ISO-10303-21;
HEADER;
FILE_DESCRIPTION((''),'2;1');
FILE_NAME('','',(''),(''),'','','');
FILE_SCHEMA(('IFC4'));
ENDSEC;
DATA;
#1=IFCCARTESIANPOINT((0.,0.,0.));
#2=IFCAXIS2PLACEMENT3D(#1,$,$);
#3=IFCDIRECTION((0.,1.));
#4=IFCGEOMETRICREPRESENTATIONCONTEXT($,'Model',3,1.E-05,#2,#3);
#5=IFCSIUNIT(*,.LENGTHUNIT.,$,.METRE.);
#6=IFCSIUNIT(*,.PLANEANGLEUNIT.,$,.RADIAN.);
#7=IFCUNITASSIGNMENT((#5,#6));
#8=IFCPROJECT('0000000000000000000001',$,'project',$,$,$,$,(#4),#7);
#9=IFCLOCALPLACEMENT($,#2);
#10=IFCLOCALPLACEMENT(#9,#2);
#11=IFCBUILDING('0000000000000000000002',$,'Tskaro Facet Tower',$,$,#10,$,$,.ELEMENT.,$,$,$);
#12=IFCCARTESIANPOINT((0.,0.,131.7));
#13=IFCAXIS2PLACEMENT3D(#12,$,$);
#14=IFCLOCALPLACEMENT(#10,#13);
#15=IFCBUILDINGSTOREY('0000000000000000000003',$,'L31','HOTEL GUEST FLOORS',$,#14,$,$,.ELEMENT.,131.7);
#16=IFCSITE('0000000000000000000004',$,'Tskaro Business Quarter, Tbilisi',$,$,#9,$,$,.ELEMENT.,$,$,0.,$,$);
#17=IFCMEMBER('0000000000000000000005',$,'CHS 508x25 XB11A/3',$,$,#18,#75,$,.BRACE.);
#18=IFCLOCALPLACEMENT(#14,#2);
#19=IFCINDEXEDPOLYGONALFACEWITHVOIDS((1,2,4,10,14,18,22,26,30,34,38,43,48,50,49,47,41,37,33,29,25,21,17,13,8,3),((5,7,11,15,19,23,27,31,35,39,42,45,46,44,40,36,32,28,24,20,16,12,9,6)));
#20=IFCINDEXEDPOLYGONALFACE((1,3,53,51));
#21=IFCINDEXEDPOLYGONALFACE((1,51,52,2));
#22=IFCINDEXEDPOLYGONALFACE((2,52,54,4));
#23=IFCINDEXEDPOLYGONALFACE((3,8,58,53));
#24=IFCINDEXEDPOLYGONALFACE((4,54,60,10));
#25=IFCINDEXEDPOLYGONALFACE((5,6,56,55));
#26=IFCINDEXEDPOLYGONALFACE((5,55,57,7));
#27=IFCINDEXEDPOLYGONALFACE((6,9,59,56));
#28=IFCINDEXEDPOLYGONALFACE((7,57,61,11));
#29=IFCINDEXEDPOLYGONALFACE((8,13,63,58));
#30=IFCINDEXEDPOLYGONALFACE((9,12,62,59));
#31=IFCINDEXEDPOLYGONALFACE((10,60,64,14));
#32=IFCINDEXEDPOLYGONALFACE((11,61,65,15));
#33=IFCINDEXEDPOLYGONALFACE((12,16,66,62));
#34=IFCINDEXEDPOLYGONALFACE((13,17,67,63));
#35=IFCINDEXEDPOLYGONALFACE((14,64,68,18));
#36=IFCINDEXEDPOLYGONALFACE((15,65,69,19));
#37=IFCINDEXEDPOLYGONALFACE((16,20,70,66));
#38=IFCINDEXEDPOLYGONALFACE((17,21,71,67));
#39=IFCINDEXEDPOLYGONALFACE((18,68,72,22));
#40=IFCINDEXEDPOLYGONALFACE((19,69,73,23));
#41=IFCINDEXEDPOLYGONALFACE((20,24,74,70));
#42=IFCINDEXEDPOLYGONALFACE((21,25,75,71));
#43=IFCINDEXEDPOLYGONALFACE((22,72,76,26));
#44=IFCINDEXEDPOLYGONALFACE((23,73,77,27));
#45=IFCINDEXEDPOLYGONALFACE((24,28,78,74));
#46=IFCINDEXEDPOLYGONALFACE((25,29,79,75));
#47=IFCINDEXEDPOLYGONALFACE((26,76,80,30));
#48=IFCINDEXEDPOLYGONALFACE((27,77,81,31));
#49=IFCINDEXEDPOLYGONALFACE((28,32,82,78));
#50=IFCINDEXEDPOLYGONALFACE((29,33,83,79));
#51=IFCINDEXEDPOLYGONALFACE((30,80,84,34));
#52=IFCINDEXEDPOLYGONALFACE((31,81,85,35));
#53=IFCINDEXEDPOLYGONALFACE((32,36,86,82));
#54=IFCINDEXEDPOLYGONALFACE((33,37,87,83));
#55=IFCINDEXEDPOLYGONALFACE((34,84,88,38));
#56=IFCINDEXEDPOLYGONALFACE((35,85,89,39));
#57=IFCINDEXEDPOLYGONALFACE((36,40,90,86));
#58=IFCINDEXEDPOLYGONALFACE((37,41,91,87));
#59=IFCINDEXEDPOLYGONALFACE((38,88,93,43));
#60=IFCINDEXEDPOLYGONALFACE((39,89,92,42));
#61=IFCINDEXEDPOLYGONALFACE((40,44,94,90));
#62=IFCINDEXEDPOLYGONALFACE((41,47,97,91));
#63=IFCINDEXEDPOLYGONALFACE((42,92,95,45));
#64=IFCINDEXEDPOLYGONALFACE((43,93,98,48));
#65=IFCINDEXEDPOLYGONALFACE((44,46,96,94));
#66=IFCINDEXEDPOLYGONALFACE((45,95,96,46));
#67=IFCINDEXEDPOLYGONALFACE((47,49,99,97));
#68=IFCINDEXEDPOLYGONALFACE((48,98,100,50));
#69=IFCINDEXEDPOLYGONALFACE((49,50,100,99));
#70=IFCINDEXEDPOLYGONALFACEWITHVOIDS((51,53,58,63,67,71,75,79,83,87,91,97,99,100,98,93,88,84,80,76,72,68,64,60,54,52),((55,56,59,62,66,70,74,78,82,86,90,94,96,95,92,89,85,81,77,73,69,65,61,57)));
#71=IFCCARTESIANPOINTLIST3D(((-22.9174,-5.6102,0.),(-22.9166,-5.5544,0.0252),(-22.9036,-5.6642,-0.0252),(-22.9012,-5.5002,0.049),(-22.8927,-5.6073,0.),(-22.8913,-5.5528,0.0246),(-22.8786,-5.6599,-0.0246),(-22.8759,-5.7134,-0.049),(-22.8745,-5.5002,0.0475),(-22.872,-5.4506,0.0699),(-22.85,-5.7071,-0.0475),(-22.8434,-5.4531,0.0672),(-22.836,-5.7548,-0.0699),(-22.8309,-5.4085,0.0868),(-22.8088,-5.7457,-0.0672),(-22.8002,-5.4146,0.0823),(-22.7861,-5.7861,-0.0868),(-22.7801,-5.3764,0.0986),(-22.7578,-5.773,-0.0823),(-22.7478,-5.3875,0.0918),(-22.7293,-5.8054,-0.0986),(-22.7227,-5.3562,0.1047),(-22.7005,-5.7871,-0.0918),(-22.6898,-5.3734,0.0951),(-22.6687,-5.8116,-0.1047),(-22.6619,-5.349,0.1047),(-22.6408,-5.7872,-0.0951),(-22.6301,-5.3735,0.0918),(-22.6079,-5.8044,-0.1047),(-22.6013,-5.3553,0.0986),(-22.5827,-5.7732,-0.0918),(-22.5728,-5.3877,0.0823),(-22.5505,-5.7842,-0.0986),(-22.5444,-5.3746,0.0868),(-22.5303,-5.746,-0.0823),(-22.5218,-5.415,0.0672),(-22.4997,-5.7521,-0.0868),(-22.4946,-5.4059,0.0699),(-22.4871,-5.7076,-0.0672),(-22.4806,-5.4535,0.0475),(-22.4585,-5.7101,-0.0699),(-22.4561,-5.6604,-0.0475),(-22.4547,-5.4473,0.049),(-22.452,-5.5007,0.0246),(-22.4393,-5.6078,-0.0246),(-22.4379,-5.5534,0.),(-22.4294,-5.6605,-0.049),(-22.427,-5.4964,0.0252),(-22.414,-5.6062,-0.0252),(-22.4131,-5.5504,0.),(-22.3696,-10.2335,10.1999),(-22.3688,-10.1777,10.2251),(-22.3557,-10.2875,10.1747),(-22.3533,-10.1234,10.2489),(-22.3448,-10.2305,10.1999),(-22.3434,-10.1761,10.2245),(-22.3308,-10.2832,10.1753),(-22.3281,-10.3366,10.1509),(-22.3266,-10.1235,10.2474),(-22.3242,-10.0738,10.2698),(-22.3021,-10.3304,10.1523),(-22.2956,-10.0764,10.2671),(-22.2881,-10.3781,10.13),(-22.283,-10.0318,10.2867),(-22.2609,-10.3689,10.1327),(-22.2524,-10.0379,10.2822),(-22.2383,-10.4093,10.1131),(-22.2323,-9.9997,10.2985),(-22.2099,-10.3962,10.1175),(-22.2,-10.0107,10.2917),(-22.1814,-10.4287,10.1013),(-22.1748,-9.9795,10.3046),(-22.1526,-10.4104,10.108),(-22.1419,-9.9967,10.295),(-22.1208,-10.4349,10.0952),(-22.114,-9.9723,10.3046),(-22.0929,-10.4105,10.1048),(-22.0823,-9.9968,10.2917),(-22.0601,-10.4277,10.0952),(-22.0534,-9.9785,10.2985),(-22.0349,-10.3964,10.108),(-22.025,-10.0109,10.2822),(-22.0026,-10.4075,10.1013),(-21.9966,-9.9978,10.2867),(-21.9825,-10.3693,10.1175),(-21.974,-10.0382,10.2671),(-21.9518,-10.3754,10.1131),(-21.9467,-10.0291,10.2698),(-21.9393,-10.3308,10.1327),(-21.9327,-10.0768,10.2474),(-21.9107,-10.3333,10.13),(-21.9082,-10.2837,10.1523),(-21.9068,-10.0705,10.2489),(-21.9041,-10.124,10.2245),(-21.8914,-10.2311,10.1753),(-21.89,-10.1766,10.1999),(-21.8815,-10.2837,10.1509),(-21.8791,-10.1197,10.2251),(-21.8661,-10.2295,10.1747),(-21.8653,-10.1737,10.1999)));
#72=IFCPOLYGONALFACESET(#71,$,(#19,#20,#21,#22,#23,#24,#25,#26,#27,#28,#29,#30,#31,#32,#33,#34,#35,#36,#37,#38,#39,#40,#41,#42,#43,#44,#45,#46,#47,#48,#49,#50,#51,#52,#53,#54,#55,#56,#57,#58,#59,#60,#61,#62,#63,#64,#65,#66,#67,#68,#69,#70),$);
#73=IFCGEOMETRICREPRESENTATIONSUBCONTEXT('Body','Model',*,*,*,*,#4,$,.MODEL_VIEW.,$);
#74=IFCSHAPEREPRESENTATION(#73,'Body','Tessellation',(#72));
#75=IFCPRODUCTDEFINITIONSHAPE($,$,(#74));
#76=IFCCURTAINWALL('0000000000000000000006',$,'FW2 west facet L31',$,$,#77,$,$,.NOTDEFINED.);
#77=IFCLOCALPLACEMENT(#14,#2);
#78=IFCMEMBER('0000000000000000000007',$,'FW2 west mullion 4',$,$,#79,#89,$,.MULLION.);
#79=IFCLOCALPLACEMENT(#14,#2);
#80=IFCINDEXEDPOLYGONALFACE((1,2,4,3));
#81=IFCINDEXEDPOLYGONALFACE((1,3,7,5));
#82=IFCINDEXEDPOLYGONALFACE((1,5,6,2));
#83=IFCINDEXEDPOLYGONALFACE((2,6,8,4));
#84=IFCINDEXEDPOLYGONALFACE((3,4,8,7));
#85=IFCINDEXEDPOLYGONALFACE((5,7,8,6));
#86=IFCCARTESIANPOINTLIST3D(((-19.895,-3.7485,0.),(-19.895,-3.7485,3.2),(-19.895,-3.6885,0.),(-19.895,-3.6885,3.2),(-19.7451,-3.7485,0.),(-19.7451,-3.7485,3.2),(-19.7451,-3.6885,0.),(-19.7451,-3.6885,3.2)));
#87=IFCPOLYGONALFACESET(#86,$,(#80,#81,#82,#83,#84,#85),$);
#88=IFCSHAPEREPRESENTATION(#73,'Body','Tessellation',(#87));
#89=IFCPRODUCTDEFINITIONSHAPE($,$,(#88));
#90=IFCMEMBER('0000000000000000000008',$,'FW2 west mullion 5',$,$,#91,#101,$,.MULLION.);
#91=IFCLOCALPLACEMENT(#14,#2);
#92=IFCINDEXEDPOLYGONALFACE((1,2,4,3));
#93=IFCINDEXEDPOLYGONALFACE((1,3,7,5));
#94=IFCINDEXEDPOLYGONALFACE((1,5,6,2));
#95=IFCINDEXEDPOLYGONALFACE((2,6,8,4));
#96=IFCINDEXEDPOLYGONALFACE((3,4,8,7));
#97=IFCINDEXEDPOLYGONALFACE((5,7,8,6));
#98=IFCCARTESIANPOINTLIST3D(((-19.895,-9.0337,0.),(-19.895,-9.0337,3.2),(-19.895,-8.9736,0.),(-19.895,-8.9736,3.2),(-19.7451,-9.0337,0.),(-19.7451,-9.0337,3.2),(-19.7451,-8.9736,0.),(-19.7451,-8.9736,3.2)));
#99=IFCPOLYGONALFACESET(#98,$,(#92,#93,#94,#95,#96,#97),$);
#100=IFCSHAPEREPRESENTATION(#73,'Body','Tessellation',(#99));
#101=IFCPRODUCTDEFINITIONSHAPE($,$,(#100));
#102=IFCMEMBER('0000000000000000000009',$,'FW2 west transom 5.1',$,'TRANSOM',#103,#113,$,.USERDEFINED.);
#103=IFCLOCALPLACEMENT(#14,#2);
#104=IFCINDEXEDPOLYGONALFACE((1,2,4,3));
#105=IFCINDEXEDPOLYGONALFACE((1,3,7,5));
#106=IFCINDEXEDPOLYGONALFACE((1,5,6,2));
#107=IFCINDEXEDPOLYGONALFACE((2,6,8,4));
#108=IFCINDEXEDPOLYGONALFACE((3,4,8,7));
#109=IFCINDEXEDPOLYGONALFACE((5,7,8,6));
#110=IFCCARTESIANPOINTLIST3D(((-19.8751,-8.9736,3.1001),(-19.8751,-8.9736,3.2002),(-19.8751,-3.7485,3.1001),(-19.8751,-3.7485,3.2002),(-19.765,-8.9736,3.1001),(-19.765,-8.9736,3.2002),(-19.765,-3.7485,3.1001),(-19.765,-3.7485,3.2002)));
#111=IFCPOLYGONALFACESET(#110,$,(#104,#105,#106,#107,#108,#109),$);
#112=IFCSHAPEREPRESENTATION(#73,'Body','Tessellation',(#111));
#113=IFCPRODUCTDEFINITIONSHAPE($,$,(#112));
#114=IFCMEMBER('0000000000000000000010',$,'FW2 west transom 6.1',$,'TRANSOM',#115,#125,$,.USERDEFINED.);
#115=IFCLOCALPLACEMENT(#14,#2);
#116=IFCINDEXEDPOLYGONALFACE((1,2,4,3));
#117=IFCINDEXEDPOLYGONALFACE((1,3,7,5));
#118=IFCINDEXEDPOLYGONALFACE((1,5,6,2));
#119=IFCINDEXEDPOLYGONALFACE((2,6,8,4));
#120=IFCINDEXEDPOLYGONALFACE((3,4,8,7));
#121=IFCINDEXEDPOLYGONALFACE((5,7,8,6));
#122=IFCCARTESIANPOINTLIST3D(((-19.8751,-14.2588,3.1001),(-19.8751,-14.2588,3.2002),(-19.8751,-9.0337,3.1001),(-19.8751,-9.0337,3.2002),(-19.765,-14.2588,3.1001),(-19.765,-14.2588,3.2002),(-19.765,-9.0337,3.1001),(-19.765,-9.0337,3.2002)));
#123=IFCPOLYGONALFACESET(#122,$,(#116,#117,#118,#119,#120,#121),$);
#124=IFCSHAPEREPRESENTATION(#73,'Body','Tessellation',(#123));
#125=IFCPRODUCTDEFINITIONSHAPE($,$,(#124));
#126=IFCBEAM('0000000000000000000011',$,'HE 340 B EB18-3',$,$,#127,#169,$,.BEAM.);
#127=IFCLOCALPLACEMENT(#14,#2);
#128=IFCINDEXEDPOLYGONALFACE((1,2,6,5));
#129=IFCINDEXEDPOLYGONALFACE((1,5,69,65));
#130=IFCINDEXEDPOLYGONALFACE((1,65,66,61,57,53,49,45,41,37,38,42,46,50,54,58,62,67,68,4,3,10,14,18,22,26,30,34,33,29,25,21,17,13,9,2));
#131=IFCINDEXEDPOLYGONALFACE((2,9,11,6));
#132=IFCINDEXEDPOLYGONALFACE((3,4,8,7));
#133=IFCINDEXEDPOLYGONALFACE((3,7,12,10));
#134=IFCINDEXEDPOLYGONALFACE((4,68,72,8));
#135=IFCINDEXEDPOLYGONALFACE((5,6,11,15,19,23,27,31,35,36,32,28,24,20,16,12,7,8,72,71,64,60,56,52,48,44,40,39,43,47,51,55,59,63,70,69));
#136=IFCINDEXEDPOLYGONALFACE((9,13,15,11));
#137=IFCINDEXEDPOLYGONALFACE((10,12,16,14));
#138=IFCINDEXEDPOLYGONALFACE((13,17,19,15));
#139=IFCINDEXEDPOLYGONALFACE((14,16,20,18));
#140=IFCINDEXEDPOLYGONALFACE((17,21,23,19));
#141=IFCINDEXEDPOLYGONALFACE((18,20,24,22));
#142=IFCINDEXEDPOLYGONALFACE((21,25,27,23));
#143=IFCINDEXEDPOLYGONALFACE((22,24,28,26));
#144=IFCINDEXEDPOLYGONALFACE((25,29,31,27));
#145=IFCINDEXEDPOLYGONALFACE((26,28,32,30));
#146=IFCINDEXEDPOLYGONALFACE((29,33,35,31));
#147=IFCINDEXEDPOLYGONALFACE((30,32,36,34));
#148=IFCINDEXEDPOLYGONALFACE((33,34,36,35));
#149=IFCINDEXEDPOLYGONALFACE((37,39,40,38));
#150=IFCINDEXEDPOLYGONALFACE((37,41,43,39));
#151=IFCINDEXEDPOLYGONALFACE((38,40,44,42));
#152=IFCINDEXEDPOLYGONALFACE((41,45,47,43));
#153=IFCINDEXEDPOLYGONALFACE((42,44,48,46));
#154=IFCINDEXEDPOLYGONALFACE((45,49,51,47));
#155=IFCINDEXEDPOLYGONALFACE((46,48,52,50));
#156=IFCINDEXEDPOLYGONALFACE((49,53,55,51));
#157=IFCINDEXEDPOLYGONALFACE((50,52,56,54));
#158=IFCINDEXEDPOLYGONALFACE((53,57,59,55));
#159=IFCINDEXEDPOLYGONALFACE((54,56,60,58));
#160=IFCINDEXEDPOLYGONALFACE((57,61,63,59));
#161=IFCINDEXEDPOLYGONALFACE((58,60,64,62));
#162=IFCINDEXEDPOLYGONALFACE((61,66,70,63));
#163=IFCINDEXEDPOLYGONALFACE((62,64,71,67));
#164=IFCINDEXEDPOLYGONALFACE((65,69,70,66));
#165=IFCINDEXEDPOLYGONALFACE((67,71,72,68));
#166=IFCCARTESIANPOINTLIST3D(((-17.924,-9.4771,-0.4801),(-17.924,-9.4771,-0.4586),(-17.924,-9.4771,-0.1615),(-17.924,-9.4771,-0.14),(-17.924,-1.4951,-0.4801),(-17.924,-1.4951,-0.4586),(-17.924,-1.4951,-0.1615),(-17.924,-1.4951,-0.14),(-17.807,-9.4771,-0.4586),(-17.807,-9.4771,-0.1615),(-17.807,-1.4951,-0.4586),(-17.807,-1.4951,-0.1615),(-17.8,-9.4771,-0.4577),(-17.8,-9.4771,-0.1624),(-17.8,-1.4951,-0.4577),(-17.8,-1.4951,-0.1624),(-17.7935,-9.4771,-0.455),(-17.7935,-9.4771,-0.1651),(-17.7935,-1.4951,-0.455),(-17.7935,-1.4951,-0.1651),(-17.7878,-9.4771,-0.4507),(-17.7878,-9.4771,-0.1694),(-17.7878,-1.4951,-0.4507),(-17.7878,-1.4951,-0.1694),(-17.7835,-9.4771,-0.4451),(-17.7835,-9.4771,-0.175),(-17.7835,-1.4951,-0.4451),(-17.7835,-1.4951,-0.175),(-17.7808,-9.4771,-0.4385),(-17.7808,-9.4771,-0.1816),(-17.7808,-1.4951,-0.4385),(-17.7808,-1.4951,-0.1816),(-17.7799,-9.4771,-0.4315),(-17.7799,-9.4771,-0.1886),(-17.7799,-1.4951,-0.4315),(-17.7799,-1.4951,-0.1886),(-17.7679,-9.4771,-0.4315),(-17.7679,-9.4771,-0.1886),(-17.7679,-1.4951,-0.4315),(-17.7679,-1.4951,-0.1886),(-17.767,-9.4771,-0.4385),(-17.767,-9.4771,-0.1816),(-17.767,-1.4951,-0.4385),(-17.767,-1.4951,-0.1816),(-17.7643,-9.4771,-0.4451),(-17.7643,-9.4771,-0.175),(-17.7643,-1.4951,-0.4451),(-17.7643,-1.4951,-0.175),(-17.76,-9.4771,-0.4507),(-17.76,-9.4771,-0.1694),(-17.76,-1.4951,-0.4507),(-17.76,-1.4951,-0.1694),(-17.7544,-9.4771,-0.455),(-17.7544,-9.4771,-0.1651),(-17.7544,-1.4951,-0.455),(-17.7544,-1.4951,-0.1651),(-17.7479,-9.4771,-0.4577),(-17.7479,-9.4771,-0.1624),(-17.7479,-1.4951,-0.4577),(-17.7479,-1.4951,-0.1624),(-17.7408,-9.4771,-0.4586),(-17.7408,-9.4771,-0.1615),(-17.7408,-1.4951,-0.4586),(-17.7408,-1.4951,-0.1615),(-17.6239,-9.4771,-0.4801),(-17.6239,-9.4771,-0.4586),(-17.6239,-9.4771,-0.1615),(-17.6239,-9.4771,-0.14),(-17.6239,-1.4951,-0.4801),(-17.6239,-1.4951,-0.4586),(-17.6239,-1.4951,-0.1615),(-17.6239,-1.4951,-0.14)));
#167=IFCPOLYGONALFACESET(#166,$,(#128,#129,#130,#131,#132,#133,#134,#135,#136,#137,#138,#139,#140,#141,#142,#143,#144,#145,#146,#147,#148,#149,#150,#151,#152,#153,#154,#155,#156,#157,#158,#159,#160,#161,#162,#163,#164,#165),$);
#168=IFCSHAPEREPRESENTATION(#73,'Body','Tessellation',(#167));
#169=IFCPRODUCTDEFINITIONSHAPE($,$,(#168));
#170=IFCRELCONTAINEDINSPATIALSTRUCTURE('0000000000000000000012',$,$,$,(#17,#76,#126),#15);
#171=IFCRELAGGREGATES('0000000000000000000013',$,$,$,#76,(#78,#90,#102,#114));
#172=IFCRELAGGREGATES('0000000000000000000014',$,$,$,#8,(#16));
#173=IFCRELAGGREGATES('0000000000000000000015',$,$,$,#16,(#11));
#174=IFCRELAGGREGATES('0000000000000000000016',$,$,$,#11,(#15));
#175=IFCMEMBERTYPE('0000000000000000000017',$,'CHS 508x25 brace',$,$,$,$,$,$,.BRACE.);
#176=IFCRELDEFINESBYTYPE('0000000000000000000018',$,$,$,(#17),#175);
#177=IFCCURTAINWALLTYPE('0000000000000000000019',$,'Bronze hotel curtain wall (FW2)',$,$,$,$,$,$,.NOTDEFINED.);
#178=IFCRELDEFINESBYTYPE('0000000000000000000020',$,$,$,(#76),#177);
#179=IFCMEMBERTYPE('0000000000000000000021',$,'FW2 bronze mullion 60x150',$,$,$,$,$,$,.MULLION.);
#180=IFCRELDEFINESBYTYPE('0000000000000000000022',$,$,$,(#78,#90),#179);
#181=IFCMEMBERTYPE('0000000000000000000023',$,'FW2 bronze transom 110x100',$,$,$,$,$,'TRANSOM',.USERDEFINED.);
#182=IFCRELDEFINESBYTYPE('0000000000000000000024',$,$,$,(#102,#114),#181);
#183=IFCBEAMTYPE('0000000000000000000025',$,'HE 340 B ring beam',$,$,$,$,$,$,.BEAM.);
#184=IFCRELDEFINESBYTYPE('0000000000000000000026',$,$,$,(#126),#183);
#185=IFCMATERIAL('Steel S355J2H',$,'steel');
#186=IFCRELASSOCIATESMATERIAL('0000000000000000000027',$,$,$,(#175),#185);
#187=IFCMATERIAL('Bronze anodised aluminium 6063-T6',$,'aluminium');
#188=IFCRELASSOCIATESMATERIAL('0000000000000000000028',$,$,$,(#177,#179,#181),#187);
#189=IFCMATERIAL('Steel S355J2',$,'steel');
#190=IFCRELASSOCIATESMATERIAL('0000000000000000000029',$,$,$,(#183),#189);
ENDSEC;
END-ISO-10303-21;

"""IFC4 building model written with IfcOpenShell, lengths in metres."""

from ifc_helpers import new_model, si_unit, direction, frame, origin, origin_2d, place, context, subcontext, project, spatial, rectangle, hollow_circle, i_section, extrude, material, material_profile, profile_set, type_object, element, aggregate, save


model = new_model("IFC4")

# Units and contexts
model_context = context("Model", 3, precision=1e-05, world=origin(), true_north=direction((0.0, 1.0)))
body_context = subcontext(model_context, "Body", "Model", "MODEL_VIEW")
ifc_project = project(units=[si_unit("LENGTHUNIT", "METRE"), si_unit("PLANEANGLEUNIT", "RADIAN")], contexts=[model_context])

# Site, building, storey
site_placement = place(None, origin())
site = spatial("IfcSite", under=ifc_project, at=site_placement, Name="Tskaro Business Quarter, Tbilisi", CompositionType="ELEMENT", RefElevation=0.0)
building_placement = place(site_placement, origin())
building = spatial("IfcBuilding", under=site, at=building_placement, Name="Tskaro Facet Tower", CompositionType="ELEMENT")
storey_placement = place(building_placement, frame((0.0, 0.0, 131.7)))
storey = spatial("IfcBuildingStorey", under=building, at=storey_placement, Name="L31", Description="HOTEL GUEST FLOORS", CompositionType="ELEMENT", Elevation=131.7)

# Shared definitions
ifc_material_1 = material(Name="Steel S355J2H", Category="steel")

# Member
ifc_material_profile_1 = material_profile(ifc_material_1, hollow_circle(Radius=0.2539, WallThickness=0.0249, at=origin_2d()), Name="CHS 508x25")
ifc_profile_set_1 = profile_set([ifc_material_profile_1], Name="Steel S355J2H")
member_type_1 = type_object("IfcMemberType", Name="CHS 508x25 brace", PredefinedType="BRACE", material=ifc_profile_set_1)
member_1_placement = place(storey_placement, frame((-22.6653, -5.5803, 0.0), z_axis=(0.048862, -0.412344, 0.909717), x_axis=(0.993052, 0.117675, 0.0)))
element("IfcMember", 1, at=member_1_placement, inside=storey, type_object=member_type_1, Name="CHS 508x25 XB11A/3", PredefinedType="BRACE", context=body_context, shape_type="SweptSolid", body=[
    extrude(hollow_circle(Radius=0.2539, WallThickness=0.0249, at=origin_2d()), origin(), (0.0, 0.0, 1.0), 11.2122),
])

# Curtain wall, members
ifc_material_2 = material(Name="Bronze anodised aluminium 6063-T6", Category="aluminium")
curtain_wall_type = type_object("IfcCurtainWallType", Name="Bronze hotel curtain wall (FW2)", PredefinedType="NOTDEFINED", material=ifc_material_2)
curtain_wall_placement = place(storey_placement, origin())
curtain_wall = element("IfcCurtainWall", 2, at=curtain_wall_placement, inside=storey, type_object=curtain_wall_type, Name="FW2 west facet L31", PredefinedType="NOTDEFINED")
ifc_material_profile_2 = material_profile(ifc_material_2, rectangle(XDim=0.0601, YDim=0.1499, at=origin_2d()), Name="Mullion 60x150")
ifc_profile_set_2 = profile_set([ifc_material_profile_2], Name="Bronze anodised aluminium 6063-T6")
member_type_2 = type_object("IfcMemberType", Name="FW2 bronze mullion 60x150", PredefinedType="MULLION", material=ifc_profile_set_2)
member_2_placement = place(storey_placement, frame((-19.8201, -3.7185, 0.0), z_axis=(0.0, 0.0, 1.0), x_axis=(0.0, -1.0, 0.0)))
member_2 = element("IfcMember", 3, at=member_2_placement, type_object=member_type_2, Name="FW2 west mullion 4", PredefinedType="MULLION", context=body_context, shape_type="SweptSolid", body=[
    extrude(rectangle(XDim=0.0601, YDim=0.1499, at=origin_2d()), origin(), (0.0, 0.0, 1.0), 3.2),
])
member_3_placement = place(storey_placement, frame((-19.8201, -9.0037, 0.0), z_axis=(0.0, 0.0, 1.0), x_axis=(0.0, -1.0, 0.0)))
member_3 = element("IfcMember", 4, at=member_3_placement, type_object=member_type_2, Name="FW2 west mullion 5", PredefinedType="MULLION", context=body_context, shape_type="SweptSolid", body=[
    extrude(rectangle(XDim=0.0601, YDim=0.1499, at=origin_2d()), origin(), (0.0, 0.0, 1.0), 3.2),
])
ifc_material_profile_3 = material_profile(ifc_material_2, rectangle(XDim=0.1101, YDim=0.1001, at=origin_2d()), Name="Transom 110x100")
ifc_profile_set_3 = profile_set([ifc_material_profile_3], Name="Bronze anodised aluminium 6063-T6")
member_type_3 = type_object("IfcMemberType", Name="FW2 bronze transom 110x100", ElementType="TRANSOM", PredefinedType="USERDEFINED", material=ifc_profile_set_3)
member_4_placement = place(storey_placement, frame((-19.8201, -3.7485, 3.1501), z_axis=(0.0, -1.0, 0.0), x_axis=(1.0, 0.0, 0.0)))
member_4 = element("IfcMember", 5, at=member_4_placement, type_object=member_type_3, Name="FW2 west transom 5.1", ObjectType="TRANSOM", PredefinedType="USERDEFINED", context=body_context, shape_type="SweptSolid", body=[
    extrude(rectangle(XDim=0.1101, YDim=0.1001, at=origin_2d()), origin(), (0.0, 0.0, 1.0), 5.2251),
])
member_5_placement = place(storey_placement, frame((-19.8201, -9.0337, 3.1501), z_axis=(0.0, -1.0, 0.0), x_axis=(1.0, 0.0, 0.0)))
member_5 = element("IfcMember", 6, at=member_5_placement, type_object=member_type_3, Name="FW2 west transom 6.1", ObjectType="TRANSOM", PredefinedType="USERDEFINED", context=body_context, shape_type="SweptSolid", body=[
    extrude(rectangle(XDim=0.1101, YDim=0.1001, at=origin_2d()), origin(), (0.0, 0.0, 1.0), 5.2251),
])

# Beam
ifc_material_3 = material(Name="Steel S355J2", Category="steel")
ifc_material_profile_4 = material_profile(ifc_material_3, i_section(OverallWidth=0.3, OverallDepth=0.3401, WebThickness=0.012, FlangeThickness=0.0215, FilletRadius=0.0271, at=origin_2d()), Name="HE 340 B")
ifc_profile_set_4 = profile_set([ifc_material_profile_4], Name="Steel S355J2")
beam_type_1 = type_object("IfcBeamType", Name="HE 340 B ring beam", PredefinedType="BEAM", material=ifc_profile_set_4)
beam_1_placement = place(storey_placement, frame((-17.7739, -1.4951, -0.3101), z_axis=(0.0, -1.0, 0.0), x_axis=(1.0, 0.0, 0.0)))
element("IfcBeam", 7, at=beam_1_placement, inside=storey, type_object=beam_type_1, Name="HE 340 B EB18-3", PredefinedType="BEAM", context=body_context, shape_type="SweptSolid", body=[
    extrude(i_section(OverallWidth=0.3, OverallDepth=0.3401, WebThickness=0.012, FlangeThickness=0.0215, FilletRadius=0.0271, at=origin_2d()), origin(), (0.0, 0.0, 1.0), 7.9819),
])

aggregate(curtain_wall, [member_2, member_3, member_4, member_5])

save(model, "model.ifc")
